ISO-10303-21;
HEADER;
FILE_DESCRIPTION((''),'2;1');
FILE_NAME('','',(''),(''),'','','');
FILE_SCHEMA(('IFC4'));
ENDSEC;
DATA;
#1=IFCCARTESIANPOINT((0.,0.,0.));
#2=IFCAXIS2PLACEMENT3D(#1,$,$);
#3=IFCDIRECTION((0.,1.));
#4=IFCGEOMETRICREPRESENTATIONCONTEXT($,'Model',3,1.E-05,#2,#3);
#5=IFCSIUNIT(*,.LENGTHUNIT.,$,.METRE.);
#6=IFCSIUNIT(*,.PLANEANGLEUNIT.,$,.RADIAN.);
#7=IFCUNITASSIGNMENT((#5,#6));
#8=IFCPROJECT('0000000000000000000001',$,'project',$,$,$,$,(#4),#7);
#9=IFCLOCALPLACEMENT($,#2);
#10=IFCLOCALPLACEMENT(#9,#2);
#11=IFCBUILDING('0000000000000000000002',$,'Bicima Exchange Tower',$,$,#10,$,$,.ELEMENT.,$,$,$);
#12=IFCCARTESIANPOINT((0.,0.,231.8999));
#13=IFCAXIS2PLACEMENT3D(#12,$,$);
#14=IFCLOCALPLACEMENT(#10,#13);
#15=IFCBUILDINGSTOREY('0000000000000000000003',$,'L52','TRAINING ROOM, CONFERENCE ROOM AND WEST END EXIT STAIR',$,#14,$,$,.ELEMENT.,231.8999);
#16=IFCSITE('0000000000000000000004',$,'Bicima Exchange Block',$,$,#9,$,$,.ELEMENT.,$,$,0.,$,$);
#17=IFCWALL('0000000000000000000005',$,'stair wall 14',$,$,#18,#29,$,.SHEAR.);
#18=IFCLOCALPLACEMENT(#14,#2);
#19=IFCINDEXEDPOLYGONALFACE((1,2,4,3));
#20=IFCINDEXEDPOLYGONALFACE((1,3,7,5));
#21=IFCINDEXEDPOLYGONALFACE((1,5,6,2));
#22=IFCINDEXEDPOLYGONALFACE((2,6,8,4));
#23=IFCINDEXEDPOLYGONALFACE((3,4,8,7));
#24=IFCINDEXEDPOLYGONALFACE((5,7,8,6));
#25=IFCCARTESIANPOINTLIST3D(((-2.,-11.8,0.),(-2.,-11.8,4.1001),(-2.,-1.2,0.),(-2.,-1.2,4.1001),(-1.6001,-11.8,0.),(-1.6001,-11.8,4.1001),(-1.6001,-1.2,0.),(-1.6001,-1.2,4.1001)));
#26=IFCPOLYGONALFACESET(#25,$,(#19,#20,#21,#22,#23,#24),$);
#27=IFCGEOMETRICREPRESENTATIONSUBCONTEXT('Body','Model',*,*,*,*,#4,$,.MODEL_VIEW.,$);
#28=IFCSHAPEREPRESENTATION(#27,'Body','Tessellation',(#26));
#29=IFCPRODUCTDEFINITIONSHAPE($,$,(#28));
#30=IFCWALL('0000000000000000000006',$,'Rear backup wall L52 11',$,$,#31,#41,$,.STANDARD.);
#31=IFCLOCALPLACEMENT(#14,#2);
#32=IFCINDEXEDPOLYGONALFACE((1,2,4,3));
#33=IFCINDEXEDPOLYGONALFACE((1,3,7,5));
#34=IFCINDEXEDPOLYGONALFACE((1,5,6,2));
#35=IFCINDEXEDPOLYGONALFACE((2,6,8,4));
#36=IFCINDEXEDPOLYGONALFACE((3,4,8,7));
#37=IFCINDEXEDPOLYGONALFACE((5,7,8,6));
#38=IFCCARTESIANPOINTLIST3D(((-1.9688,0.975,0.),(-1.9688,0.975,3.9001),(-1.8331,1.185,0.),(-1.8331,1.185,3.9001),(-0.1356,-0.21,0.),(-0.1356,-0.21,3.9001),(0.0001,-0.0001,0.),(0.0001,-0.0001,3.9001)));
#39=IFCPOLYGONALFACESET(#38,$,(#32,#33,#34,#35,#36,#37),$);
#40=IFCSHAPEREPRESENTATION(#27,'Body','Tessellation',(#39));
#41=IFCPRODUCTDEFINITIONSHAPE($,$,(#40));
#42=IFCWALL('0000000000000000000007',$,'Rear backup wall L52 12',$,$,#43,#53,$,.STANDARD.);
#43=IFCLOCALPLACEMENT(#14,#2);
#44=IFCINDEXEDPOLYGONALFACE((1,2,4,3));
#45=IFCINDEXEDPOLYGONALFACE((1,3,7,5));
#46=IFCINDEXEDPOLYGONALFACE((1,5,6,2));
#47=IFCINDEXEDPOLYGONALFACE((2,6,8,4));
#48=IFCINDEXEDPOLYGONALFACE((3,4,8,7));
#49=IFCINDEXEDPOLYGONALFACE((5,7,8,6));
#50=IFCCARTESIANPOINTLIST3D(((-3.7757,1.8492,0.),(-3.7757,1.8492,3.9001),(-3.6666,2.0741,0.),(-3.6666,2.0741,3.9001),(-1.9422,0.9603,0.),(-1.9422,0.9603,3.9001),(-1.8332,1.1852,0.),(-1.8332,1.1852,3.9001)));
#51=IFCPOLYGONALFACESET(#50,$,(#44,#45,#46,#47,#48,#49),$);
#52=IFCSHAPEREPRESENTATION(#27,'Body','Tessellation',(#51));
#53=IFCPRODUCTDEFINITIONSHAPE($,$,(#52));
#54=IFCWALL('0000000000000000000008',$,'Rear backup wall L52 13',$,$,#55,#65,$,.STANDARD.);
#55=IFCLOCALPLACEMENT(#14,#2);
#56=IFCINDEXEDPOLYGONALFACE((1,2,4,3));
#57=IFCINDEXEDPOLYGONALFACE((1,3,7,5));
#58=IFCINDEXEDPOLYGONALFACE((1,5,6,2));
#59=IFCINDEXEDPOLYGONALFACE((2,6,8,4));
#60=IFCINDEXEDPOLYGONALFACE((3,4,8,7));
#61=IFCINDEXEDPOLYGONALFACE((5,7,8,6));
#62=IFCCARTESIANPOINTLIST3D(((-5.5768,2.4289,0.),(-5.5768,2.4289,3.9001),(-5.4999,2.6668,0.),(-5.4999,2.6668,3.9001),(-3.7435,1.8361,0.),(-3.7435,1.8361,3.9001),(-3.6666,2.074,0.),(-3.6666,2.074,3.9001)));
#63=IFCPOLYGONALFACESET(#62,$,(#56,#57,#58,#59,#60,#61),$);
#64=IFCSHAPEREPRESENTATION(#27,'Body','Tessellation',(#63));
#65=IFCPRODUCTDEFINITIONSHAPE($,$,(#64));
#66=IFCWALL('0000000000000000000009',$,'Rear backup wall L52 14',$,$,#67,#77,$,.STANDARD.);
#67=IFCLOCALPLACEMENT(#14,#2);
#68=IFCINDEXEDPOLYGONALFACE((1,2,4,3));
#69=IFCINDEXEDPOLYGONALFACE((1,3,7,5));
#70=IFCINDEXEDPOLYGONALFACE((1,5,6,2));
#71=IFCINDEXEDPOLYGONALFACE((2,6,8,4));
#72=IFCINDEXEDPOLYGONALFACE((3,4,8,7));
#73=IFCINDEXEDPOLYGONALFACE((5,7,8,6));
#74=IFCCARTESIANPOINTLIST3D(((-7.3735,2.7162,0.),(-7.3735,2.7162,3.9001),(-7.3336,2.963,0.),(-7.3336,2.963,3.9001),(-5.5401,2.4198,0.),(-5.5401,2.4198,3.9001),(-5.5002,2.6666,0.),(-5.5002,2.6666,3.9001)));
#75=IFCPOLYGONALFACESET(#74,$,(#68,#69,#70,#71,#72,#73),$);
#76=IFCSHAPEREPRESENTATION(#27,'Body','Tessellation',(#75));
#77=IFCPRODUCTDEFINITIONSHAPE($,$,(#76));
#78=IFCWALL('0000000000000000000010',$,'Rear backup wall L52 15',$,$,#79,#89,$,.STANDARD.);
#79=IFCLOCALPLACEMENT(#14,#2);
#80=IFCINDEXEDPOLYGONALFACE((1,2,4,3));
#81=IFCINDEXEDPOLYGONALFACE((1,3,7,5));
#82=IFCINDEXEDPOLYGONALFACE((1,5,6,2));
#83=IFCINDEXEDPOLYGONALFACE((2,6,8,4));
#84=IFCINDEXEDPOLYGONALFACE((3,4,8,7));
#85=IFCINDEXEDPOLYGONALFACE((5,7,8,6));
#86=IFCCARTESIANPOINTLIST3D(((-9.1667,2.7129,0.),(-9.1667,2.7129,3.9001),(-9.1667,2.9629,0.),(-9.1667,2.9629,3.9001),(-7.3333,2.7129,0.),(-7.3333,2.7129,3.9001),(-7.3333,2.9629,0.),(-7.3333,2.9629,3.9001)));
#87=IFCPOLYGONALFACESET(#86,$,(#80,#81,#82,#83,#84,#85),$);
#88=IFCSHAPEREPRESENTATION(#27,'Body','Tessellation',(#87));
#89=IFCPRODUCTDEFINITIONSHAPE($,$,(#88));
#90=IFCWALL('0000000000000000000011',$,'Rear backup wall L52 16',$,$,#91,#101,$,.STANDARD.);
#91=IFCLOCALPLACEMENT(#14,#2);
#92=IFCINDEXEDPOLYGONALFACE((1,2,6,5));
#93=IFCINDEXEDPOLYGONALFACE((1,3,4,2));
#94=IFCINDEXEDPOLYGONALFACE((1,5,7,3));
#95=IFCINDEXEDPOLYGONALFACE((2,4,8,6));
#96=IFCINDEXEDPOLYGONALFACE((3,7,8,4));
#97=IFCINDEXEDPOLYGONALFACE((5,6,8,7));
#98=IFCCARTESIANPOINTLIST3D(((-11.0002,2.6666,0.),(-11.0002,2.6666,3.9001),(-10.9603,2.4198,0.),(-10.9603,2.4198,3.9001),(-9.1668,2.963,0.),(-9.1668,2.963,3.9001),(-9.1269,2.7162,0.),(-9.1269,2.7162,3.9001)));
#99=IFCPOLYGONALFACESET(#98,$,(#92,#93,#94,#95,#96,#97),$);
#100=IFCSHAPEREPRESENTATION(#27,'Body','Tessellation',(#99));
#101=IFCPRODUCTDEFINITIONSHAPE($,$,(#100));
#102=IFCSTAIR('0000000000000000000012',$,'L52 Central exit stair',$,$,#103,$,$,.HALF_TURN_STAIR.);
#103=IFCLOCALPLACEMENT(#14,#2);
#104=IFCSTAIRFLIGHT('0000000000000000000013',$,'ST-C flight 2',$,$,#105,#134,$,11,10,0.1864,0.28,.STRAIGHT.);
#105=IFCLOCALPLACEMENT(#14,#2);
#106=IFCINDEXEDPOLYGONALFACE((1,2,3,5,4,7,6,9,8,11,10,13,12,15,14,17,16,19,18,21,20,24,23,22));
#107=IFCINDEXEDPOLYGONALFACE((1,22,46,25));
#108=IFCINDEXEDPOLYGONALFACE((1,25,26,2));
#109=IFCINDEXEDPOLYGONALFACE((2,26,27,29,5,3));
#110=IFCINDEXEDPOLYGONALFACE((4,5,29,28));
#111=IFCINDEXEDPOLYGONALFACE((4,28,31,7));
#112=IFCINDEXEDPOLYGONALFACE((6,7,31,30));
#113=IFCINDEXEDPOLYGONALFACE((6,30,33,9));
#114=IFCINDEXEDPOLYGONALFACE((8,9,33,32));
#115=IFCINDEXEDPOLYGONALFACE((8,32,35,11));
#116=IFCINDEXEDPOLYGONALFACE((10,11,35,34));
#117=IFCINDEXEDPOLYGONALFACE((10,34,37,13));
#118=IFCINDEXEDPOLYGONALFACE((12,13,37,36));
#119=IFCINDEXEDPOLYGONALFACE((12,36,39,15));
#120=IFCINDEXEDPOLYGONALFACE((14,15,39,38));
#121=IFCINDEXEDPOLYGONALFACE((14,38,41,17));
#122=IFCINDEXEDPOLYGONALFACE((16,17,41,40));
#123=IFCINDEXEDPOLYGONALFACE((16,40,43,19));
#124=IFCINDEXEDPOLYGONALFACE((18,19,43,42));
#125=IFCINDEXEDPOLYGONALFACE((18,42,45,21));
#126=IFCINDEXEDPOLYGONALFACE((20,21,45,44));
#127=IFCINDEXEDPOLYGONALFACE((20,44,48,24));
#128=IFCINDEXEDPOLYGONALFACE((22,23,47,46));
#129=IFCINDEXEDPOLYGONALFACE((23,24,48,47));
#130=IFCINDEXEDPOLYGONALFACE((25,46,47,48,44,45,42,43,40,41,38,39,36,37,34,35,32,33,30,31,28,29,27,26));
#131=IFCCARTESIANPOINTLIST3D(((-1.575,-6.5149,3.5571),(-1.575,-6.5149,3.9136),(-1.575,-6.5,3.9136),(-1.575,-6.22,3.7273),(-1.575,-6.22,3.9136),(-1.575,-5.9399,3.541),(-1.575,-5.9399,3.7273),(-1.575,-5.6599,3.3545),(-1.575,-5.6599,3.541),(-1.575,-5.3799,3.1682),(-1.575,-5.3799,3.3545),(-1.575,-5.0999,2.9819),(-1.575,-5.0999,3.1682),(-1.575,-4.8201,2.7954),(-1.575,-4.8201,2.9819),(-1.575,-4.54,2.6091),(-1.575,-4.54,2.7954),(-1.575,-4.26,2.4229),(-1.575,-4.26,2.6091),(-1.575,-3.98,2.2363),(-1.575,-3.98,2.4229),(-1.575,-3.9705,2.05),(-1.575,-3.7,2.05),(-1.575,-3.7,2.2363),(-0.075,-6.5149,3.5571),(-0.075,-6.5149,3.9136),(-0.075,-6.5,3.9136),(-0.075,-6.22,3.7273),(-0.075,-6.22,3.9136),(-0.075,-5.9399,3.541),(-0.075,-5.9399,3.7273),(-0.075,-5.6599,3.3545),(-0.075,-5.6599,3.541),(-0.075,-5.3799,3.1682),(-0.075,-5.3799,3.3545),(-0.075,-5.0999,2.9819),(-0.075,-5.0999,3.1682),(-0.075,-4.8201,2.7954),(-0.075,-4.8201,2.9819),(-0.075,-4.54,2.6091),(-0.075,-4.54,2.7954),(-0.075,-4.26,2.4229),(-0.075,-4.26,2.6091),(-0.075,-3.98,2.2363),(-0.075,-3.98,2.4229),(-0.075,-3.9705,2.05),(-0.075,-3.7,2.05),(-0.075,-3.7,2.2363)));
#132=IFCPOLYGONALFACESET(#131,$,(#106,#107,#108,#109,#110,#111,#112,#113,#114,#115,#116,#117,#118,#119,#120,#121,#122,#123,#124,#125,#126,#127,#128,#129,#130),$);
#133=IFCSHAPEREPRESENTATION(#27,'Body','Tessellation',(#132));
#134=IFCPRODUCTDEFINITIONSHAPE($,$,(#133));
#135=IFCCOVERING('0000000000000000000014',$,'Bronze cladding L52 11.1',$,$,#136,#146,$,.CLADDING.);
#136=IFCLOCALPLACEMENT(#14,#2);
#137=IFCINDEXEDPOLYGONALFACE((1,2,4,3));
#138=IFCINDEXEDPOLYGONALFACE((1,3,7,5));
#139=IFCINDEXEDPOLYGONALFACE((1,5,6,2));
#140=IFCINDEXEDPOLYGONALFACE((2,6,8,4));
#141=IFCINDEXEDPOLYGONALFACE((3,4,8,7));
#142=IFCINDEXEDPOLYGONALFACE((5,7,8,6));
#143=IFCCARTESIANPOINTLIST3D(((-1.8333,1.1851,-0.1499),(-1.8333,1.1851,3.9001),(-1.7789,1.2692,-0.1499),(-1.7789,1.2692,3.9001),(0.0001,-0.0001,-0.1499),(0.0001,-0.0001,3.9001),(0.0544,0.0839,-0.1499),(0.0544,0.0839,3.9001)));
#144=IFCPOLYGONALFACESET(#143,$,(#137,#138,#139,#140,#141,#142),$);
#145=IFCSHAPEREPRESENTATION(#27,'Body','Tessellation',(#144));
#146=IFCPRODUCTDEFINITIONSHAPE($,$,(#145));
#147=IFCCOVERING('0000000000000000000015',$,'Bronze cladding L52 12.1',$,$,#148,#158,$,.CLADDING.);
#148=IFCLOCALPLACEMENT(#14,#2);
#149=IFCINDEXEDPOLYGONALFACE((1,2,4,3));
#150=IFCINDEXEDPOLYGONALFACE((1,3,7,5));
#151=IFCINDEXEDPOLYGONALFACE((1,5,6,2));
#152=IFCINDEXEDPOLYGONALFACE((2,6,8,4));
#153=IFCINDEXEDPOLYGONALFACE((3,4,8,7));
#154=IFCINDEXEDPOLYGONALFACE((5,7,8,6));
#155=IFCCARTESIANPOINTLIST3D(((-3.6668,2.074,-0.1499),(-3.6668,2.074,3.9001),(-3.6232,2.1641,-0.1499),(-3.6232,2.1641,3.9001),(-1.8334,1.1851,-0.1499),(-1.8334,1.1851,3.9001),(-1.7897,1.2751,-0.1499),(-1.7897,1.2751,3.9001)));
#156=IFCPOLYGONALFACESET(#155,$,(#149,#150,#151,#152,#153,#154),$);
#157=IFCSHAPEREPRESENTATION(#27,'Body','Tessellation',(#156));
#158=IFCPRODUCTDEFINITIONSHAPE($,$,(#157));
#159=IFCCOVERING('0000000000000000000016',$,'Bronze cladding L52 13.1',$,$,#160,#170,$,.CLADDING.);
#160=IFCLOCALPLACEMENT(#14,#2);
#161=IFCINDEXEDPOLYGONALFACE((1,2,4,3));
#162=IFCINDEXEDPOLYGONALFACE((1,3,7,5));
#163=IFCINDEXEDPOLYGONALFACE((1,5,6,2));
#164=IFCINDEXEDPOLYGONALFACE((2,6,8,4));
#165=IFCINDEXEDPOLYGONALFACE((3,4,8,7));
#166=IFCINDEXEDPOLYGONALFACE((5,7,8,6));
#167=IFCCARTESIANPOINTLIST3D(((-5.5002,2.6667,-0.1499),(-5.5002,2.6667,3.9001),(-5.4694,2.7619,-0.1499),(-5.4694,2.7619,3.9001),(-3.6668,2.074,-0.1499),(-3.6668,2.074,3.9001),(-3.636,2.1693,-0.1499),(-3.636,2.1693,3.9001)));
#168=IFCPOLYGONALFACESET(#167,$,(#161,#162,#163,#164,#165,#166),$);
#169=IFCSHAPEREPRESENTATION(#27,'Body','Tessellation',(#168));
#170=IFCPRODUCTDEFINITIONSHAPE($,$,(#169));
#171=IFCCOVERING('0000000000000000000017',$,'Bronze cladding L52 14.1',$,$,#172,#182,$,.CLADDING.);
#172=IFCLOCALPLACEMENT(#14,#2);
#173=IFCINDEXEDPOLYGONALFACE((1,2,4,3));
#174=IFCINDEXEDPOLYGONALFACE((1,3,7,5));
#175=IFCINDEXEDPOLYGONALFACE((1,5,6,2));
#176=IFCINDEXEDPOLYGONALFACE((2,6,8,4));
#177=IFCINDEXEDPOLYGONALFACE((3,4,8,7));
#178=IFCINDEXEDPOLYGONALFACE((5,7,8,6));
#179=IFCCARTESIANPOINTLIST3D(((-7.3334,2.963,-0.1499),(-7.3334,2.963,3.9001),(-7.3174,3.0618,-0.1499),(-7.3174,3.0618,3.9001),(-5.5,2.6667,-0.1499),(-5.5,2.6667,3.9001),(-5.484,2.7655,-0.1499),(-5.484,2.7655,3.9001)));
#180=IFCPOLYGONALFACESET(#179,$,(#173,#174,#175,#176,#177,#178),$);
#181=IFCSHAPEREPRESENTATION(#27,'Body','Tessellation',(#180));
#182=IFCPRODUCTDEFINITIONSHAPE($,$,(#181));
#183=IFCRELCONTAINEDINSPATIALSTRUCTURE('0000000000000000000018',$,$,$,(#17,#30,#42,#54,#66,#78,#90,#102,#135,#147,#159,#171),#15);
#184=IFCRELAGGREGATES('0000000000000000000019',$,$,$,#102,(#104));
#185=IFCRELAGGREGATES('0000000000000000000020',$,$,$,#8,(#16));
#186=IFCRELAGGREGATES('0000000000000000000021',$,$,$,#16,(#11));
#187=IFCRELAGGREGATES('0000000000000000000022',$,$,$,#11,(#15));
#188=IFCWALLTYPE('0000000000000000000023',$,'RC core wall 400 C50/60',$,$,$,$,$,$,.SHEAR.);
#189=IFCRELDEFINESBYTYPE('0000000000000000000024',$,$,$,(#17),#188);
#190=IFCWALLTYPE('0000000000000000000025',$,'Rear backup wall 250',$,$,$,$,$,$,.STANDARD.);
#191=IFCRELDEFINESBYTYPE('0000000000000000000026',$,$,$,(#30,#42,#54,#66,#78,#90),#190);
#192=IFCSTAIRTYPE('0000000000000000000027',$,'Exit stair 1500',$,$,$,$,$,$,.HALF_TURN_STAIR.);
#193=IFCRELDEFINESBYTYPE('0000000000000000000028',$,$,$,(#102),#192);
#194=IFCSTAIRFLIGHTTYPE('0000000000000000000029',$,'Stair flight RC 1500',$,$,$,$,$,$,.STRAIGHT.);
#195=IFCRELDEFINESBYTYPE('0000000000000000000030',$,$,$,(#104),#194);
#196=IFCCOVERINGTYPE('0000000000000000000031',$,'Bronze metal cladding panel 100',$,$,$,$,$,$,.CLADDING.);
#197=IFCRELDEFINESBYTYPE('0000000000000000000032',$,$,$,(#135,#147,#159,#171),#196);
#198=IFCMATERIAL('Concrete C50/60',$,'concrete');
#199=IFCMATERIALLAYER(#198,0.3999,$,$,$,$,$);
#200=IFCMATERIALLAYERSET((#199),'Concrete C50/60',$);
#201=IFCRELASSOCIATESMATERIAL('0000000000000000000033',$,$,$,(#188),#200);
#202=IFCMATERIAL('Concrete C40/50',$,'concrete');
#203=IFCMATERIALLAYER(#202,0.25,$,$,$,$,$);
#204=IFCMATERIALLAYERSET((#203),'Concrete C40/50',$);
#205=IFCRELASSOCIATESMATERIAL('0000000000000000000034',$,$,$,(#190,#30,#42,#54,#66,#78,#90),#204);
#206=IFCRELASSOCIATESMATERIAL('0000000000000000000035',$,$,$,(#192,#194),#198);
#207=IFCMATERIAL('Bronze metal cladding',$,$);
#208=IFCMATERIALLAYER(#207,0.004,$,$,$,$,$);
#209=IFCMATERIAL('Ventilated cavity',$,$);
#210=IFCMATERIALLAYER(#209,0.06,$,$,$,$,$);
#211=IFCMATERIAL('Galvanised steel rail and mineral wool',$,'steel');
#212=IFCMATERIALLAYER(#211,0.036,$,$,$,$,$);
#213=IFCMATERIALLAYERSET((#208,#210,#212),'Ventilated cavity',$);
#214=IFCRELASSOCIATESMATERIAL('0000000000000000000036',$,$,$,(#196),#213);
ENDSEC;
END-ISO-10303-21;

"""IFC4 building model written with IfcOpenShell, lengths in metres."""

from ifc_helpers import new_model, si_unit, direction, frame, frame_2d, origin, origin_2d, place, context, subcontext, project, spatial, polyline, rectangle, outline, extrude, material, layer, layer_set, layer_usage, type_object, element, aggregate, save


model = new_model("IFC4")

# Units and contexts
model_context = context("Model", 3, precision=1e-05, world=origin(), true_north=direction((0.0, 1.0)))
body_context = subcontext(model_context, "Body", "Model", "MODEL_VIEW")
ifc_project = project(units=[si_unit("LENGTHUNIT", "METRE"), si_unit("PLANEANGLEUNIT", "RADIAN")], contexts=[model_context])

# Site, building, storey
site_placement = place(None, origin())
site = spatial("IfcSite", under=ifc_project, at=site_placement, Name="Bicima Exchange Block", CompositionType="ELEMENT", RefElevation=0.0)
building_placement = place(site_placement, origin())
building = spatial("IfcBuilding", under=site, at=building_placement, Name="Bicima Exchange Tower", CompositionType="ELEMENT")
storey_placement = place(building_placement, frame((0.0, 0.0, 231.8999)))
storey = spatial("IfcBuildingStorey", under=building, at=storey_placement, Name="L52", Description="TRAINING ROOM, CONFERENCE ROOM AND WEST END EXIT STAIR", CompositionType="ELEMENT", Elevation=231.8999)

# Shared definitions
ifc_material_1 = material(Name="Concrete C50/60", Category="concrete")
ifc_layer_1 = layer(ifc_material_1, 0.3999)
ifc_layer_set_1 = layer_set([ifc_layer_1], Name="Concrete C50/60")
wall_type_1 = type_object("IfcWallType", Name="RC core wall 400 C50/60", PredefinedType="SHEAR", material=ifc_layer_set_1)

# Walls
wall_1_placement = place(storey_placement, frame((-1.8, -11.8, 0.0), z_axis=(0.0, 0.0, 1.0), x_axis=(0.0, 1.0, 0.0)))
element("IfcWall", 1, at=wall_1_placement, inside=storey, type_object=wall_type_1, Name="stair wall 14", PredefinedType="SHEAR", context=body_context, shape_type="SweptSolid", body=[
    extrude(rectangle(XDim=10.6001, YDim=0.3999, at=frame_2d((5.3, 0.0))), origin(), (0.0, 0.0, 1.0), 4.1001),
])
ifc_material_2 = material(Name="Concrete C40/50", Category="concrete")
ifc_layer_2 = layer(ifc_material_2, 0.25)
ifc_layer_set_2 = layer_set([ifc_layer_2], Name="Concrete C40/50")
ifc_layer_usage = layer_usage(ifc_layer_set_2, "AXIS2", "POSITIVE", -0.125)
wall_type_2 = type_object("IfcWallType", Name="Rear backup wall 250", PredefinedType="STANDARD", material=ifc_layer_set_2)
wall_2_placement = place(storey_placement, frame((-0.0679, -0.105, 0.0), z_axis=(0.0, 0.0, 1.0), x_axis=(-0.839813, 0.542876, 0.0)))
element("IfcWall", 2, at=wall_2_placement, inside=storey, type_object=wall_type_2, material=ifc_layer_usage, Name="Rear backup wall L52 11", PredefinedType="STANDARD", context=body_context, shape_type="SweptSolid", body=[
    extrude(rectangle(XDim=2.1829, YDim=0.25, at=frame_2d((1.0913, 0.0))), origin(), (0.0, 0.0, 1.0), 3.9001),
])
wall_3_placement = place(storey_placement, frame((-1.8877, 1.0728, 0.0), z_axis=(0.0, 0.0, 1.0), x_axis=(-0.899824, 0.436253, 0.0)))
element("IfcWall", 3, at=wall_3_placement, inside=storey, type_object=wall_type_2, material=ifc_layer_usage, Name="Rear backup wall L52 12", PredefinedType="STANDARD", context=body_context, shape_type="SweptSolid", body=[
    extrude(rectangle(XDim=2.0376, YDim=0.25, at=frame_2d((1.0188, 0.0))), origin(), (0.0, 0.0, 1.0), 3.9001),
])
wall_4_placement = place(storey_placement, frame((-3.7051, 1.9551, 0.0), z_axis=(0.0, 0.0, 1.0), x_axis=(-0.951496, 0.307662, 0.0)))
element("IfcWall", 4, at=wall_4_placement, inside=storey, type_object=wall_type_2, material=ifc_layer_usage, Name="Rear backup wall L52 13", PredefinedType="STANDARD", context=body_context, shape_type="SweptSolid", body=[
    extrude(rectangle(XDim=1.9268, YDim=0.25, at=frame_2d((0.9634, 0.0))), origin(), (0.0, 0.0, 1.0), 3.9001),
])
wall_5_placement = place(storey_placement, frame((-5.52, 2.5432, 0.0), z_axis=(0.0, 0.0, 1.0), x_axis=(-0.987182, 0.1596, 0.0)))
element("IfcWall", 5, at=wall_5_placement, inside=storey, type_object=wall_type_2, material=ifc_layer_usage, Name="Rear backup wall L52 14", PredefinedType="STANDARD", context=body_context, shape_type="SweptSolid", body=[
    extrude(rectangle(XDim=1.8572, YDim=0.25, at=frame_2d((0.9287, 0.0))), origin(), (0.0, 0.0, 1.0), 3.9001),
])
wall_6_placement = place(storey_placement, frame((-7.3333, 2.8379, 0.0), z_axis=(0.0, 0.0, 1.0), x_axis=(-1.0, 0.0, 0.0)))
element("IfcWall", 6, at=wall_6_placement, inside=storey, type_object=wall_type_2, material=ifc_layer_usage, Name="Rear backup wall L52 15", PredefinedType="STANDARD", context=body_context, shape_type="SweptSolid", body=[
    extrude(rectangle(XDim=1.8335, YDim=0.25, at=frame_2d((0.9167, 0.0))), origin(), (0.0, 0.0, 1.0), 3.9001),
])
wall_7_placement = place(storey_placement, frame((-9.1467, 2.8396, 0.0), z_axis=(0.0, 0.0, 1.0), x_axis=(-0.987182, -0.1596, 0.0)))
element("IfcWall", 7, at=wall_7_placement, inside=storey, type_object=wall_type_2, material=ifc_layer_usage, Name="Rear backup wall L52 16", PredefinedType="STANDARD", context=body_context, shape_type="SweptSolid", body=[
    extrude(rectangle(XDim=1.8572, YDim=0.25, at=frame_2d((0.9287, 0.0))), origin(), (0.0, 0.0, 1.0), 3.9001),
])

# Stair, stair flight
stair_type = type_object("IfcStairType", Name="Exit stair 1500", PredefinedType="HALF_TURN_STAIR", material=ifc_material_1)
stair_placement = place(storey_placement, origin())
stair = element("IfcStair", 8, at=stair_placement, inside=storey, type_object=stair_type, Name="L52 Central exit stair", PredefinedType="HALF_TURN_STAIR")
stair_flight_type = type_object("IfcStairFlightType", Name="Stair flight RC 1500", PredefinedType="STRAIGHT", material=ifc_material_1)
stair_flight_placement = place(storey_placement, frame((-0.825, -3.7, 2.05), z_axis=(0.0, 0.0, 1.0), x_axis=(0.0, -1.0, 0.0)))
stair_flight = element("IfcStairFlight", 9, at=stair_flight_placement, type_object=stair_flight_type, Name="ST-C flight 2", NumberOfRisers=11, NumberOfTreads=10, PredefinedType="STRAIGHT", RiserHeight=0.1864, TreadLength=0.28, context=body_context, shape_type="SweptSolid", body=[
    extrude(outline(polyline([(0.0, 0.0), (0.0, 0.1863), (0.28, 0.1863), (0.28, 0.3728), (0.5601, 0.3728), (0.5601, 0.5591), (0.8401, 0.5591), (0.8401, 0.7454), (1.1201, 0.7454), (1.1201, 0.9319), (1.3999, 0.9319), (1.3999, 1.1182), (1.6799, 1.1182), (1.6799, 1.3044), (1.96, 1.3044), (1.96, 1.491), (2.24, 1.491), (2.24, 1.6772), (2.52, 1.6772), (2.52, 1.8635), (2.8, 1.8635), (2.8149, 1.8635), (2.8149, 1.5071), (0.2705, 0.0), (0.0, 0.0)])), frame((0.0, 0.75, 0.0), z_axis=(0.0, -1.0, 0.0), x_axis=(1.0, 0.0, 0.0)), (0.0, 0.0, 1.0), 1.5),
])
aggregate(stair, [stair_flight])

# Coverings
ifc_material_3 = material(Name="Bronze metal cladding")
ifc_layer_3 = layer(ifc_material_3, 0.004)
ifc_material_4 = material(Name="Ventilated cavity")
ifc_layer_4 = layer(ifc_material_4, 0.06)
ifc_material_5 = material(Name="Galvanised steel rail and mineral wool", Category="steel")
ifc_layer_5 = layer(ifc_material_5, 0.036)
ifc_layer_set_3 = layer_set([ifc_layer_3, ifc_layer_4, ifc_layer_5], Name="Ventilated cavity")
covering_type = type_object("IfcCoveringType", Name="Bronze metal cladding panel 100", PredefinedType="CLADDING", material=ifc_layer_set_3)
covering_1_placement = place(storey_placement, frame((-0.8894, 0.6345, -0.1499), z_axis=(0.0, 0.0, 1.0), x_axis=(-0.83979, 0.542911, 0.0)))
element("IfcCovering", 10, at=covering_1_placement, inside=storey, type_object=covering_type, Name="Bronze cladding L52 11.1", PredefinedType="CLADDING", context=body_context, shape_type="SweptSolid", body=[
    extrude(rectangle(XDim=2.1831, YDim=0.1001, at=origin_2d()), origin(), (0.0, 0.0, 1.0), 4.05),
])
covering_2_placement = place(storey_placement, frame((-2.7283, 1.6746, -0.1499), z_axis=(0.0, 0.0, 1.0), x_axis=(-0.899818, 0.436265, 0.0)))
element("IfcCovering", 11, at=covering_2_placement, inside=storey, type_object=covering_type, Name="Bronze cladding L52 12.1", PredefinedType="CLADDING", context=body_context, shape_type="SweptSolid", body=[
    extrude(rectangle(XDim=2.0376, YDim=0.1001, at=origin_2d()), origin(), (0.0, 0.0, 1.0), 4.05),
])
covering_3_placement = place(storey_placement, frame((-4.5681, 2.418, -0.1499), z_axis=(0.0, 0.0, 1.0), x_axis=(-0.951525, 0.307573, 0.0)))
element("IfcCovering", 12, at=covering_3_placement, inside=storey, type_object=covering_type, Name="Bronze cladding L52 13.1", PredefinedType="CLADDING", context=body_context, shape_type="SweptSolid", body=[
    extrude(rectangle(XDim=1.9268, YDim=0.1001, at=origin_2d()), origin(), (0.0, 0.0, 1.0), 4.05),
])
covering_4_placement = place(storey_placement, frame((-6.4087, 2.8643, -0.1499), z_axis=(0.0, 0.0, 1.0), x_axis=(-0.98719, 0.15955, 0.0)))
element("IfcCovering", 13, at=covering_4_placement, inside=storey, type_object=covering_type, Name="Bronze cladding L52 14.1", PredefinedType="CLADDING", context=body_context, shape_type="SweptSolid", body=[
    extrude(rectangle(XDim=1.8572, YDim=0.1001, at=origin_2d()), origin(), (0.0, 0.0, 1.0), 4.05),
])

save(model, "model.ifc")
